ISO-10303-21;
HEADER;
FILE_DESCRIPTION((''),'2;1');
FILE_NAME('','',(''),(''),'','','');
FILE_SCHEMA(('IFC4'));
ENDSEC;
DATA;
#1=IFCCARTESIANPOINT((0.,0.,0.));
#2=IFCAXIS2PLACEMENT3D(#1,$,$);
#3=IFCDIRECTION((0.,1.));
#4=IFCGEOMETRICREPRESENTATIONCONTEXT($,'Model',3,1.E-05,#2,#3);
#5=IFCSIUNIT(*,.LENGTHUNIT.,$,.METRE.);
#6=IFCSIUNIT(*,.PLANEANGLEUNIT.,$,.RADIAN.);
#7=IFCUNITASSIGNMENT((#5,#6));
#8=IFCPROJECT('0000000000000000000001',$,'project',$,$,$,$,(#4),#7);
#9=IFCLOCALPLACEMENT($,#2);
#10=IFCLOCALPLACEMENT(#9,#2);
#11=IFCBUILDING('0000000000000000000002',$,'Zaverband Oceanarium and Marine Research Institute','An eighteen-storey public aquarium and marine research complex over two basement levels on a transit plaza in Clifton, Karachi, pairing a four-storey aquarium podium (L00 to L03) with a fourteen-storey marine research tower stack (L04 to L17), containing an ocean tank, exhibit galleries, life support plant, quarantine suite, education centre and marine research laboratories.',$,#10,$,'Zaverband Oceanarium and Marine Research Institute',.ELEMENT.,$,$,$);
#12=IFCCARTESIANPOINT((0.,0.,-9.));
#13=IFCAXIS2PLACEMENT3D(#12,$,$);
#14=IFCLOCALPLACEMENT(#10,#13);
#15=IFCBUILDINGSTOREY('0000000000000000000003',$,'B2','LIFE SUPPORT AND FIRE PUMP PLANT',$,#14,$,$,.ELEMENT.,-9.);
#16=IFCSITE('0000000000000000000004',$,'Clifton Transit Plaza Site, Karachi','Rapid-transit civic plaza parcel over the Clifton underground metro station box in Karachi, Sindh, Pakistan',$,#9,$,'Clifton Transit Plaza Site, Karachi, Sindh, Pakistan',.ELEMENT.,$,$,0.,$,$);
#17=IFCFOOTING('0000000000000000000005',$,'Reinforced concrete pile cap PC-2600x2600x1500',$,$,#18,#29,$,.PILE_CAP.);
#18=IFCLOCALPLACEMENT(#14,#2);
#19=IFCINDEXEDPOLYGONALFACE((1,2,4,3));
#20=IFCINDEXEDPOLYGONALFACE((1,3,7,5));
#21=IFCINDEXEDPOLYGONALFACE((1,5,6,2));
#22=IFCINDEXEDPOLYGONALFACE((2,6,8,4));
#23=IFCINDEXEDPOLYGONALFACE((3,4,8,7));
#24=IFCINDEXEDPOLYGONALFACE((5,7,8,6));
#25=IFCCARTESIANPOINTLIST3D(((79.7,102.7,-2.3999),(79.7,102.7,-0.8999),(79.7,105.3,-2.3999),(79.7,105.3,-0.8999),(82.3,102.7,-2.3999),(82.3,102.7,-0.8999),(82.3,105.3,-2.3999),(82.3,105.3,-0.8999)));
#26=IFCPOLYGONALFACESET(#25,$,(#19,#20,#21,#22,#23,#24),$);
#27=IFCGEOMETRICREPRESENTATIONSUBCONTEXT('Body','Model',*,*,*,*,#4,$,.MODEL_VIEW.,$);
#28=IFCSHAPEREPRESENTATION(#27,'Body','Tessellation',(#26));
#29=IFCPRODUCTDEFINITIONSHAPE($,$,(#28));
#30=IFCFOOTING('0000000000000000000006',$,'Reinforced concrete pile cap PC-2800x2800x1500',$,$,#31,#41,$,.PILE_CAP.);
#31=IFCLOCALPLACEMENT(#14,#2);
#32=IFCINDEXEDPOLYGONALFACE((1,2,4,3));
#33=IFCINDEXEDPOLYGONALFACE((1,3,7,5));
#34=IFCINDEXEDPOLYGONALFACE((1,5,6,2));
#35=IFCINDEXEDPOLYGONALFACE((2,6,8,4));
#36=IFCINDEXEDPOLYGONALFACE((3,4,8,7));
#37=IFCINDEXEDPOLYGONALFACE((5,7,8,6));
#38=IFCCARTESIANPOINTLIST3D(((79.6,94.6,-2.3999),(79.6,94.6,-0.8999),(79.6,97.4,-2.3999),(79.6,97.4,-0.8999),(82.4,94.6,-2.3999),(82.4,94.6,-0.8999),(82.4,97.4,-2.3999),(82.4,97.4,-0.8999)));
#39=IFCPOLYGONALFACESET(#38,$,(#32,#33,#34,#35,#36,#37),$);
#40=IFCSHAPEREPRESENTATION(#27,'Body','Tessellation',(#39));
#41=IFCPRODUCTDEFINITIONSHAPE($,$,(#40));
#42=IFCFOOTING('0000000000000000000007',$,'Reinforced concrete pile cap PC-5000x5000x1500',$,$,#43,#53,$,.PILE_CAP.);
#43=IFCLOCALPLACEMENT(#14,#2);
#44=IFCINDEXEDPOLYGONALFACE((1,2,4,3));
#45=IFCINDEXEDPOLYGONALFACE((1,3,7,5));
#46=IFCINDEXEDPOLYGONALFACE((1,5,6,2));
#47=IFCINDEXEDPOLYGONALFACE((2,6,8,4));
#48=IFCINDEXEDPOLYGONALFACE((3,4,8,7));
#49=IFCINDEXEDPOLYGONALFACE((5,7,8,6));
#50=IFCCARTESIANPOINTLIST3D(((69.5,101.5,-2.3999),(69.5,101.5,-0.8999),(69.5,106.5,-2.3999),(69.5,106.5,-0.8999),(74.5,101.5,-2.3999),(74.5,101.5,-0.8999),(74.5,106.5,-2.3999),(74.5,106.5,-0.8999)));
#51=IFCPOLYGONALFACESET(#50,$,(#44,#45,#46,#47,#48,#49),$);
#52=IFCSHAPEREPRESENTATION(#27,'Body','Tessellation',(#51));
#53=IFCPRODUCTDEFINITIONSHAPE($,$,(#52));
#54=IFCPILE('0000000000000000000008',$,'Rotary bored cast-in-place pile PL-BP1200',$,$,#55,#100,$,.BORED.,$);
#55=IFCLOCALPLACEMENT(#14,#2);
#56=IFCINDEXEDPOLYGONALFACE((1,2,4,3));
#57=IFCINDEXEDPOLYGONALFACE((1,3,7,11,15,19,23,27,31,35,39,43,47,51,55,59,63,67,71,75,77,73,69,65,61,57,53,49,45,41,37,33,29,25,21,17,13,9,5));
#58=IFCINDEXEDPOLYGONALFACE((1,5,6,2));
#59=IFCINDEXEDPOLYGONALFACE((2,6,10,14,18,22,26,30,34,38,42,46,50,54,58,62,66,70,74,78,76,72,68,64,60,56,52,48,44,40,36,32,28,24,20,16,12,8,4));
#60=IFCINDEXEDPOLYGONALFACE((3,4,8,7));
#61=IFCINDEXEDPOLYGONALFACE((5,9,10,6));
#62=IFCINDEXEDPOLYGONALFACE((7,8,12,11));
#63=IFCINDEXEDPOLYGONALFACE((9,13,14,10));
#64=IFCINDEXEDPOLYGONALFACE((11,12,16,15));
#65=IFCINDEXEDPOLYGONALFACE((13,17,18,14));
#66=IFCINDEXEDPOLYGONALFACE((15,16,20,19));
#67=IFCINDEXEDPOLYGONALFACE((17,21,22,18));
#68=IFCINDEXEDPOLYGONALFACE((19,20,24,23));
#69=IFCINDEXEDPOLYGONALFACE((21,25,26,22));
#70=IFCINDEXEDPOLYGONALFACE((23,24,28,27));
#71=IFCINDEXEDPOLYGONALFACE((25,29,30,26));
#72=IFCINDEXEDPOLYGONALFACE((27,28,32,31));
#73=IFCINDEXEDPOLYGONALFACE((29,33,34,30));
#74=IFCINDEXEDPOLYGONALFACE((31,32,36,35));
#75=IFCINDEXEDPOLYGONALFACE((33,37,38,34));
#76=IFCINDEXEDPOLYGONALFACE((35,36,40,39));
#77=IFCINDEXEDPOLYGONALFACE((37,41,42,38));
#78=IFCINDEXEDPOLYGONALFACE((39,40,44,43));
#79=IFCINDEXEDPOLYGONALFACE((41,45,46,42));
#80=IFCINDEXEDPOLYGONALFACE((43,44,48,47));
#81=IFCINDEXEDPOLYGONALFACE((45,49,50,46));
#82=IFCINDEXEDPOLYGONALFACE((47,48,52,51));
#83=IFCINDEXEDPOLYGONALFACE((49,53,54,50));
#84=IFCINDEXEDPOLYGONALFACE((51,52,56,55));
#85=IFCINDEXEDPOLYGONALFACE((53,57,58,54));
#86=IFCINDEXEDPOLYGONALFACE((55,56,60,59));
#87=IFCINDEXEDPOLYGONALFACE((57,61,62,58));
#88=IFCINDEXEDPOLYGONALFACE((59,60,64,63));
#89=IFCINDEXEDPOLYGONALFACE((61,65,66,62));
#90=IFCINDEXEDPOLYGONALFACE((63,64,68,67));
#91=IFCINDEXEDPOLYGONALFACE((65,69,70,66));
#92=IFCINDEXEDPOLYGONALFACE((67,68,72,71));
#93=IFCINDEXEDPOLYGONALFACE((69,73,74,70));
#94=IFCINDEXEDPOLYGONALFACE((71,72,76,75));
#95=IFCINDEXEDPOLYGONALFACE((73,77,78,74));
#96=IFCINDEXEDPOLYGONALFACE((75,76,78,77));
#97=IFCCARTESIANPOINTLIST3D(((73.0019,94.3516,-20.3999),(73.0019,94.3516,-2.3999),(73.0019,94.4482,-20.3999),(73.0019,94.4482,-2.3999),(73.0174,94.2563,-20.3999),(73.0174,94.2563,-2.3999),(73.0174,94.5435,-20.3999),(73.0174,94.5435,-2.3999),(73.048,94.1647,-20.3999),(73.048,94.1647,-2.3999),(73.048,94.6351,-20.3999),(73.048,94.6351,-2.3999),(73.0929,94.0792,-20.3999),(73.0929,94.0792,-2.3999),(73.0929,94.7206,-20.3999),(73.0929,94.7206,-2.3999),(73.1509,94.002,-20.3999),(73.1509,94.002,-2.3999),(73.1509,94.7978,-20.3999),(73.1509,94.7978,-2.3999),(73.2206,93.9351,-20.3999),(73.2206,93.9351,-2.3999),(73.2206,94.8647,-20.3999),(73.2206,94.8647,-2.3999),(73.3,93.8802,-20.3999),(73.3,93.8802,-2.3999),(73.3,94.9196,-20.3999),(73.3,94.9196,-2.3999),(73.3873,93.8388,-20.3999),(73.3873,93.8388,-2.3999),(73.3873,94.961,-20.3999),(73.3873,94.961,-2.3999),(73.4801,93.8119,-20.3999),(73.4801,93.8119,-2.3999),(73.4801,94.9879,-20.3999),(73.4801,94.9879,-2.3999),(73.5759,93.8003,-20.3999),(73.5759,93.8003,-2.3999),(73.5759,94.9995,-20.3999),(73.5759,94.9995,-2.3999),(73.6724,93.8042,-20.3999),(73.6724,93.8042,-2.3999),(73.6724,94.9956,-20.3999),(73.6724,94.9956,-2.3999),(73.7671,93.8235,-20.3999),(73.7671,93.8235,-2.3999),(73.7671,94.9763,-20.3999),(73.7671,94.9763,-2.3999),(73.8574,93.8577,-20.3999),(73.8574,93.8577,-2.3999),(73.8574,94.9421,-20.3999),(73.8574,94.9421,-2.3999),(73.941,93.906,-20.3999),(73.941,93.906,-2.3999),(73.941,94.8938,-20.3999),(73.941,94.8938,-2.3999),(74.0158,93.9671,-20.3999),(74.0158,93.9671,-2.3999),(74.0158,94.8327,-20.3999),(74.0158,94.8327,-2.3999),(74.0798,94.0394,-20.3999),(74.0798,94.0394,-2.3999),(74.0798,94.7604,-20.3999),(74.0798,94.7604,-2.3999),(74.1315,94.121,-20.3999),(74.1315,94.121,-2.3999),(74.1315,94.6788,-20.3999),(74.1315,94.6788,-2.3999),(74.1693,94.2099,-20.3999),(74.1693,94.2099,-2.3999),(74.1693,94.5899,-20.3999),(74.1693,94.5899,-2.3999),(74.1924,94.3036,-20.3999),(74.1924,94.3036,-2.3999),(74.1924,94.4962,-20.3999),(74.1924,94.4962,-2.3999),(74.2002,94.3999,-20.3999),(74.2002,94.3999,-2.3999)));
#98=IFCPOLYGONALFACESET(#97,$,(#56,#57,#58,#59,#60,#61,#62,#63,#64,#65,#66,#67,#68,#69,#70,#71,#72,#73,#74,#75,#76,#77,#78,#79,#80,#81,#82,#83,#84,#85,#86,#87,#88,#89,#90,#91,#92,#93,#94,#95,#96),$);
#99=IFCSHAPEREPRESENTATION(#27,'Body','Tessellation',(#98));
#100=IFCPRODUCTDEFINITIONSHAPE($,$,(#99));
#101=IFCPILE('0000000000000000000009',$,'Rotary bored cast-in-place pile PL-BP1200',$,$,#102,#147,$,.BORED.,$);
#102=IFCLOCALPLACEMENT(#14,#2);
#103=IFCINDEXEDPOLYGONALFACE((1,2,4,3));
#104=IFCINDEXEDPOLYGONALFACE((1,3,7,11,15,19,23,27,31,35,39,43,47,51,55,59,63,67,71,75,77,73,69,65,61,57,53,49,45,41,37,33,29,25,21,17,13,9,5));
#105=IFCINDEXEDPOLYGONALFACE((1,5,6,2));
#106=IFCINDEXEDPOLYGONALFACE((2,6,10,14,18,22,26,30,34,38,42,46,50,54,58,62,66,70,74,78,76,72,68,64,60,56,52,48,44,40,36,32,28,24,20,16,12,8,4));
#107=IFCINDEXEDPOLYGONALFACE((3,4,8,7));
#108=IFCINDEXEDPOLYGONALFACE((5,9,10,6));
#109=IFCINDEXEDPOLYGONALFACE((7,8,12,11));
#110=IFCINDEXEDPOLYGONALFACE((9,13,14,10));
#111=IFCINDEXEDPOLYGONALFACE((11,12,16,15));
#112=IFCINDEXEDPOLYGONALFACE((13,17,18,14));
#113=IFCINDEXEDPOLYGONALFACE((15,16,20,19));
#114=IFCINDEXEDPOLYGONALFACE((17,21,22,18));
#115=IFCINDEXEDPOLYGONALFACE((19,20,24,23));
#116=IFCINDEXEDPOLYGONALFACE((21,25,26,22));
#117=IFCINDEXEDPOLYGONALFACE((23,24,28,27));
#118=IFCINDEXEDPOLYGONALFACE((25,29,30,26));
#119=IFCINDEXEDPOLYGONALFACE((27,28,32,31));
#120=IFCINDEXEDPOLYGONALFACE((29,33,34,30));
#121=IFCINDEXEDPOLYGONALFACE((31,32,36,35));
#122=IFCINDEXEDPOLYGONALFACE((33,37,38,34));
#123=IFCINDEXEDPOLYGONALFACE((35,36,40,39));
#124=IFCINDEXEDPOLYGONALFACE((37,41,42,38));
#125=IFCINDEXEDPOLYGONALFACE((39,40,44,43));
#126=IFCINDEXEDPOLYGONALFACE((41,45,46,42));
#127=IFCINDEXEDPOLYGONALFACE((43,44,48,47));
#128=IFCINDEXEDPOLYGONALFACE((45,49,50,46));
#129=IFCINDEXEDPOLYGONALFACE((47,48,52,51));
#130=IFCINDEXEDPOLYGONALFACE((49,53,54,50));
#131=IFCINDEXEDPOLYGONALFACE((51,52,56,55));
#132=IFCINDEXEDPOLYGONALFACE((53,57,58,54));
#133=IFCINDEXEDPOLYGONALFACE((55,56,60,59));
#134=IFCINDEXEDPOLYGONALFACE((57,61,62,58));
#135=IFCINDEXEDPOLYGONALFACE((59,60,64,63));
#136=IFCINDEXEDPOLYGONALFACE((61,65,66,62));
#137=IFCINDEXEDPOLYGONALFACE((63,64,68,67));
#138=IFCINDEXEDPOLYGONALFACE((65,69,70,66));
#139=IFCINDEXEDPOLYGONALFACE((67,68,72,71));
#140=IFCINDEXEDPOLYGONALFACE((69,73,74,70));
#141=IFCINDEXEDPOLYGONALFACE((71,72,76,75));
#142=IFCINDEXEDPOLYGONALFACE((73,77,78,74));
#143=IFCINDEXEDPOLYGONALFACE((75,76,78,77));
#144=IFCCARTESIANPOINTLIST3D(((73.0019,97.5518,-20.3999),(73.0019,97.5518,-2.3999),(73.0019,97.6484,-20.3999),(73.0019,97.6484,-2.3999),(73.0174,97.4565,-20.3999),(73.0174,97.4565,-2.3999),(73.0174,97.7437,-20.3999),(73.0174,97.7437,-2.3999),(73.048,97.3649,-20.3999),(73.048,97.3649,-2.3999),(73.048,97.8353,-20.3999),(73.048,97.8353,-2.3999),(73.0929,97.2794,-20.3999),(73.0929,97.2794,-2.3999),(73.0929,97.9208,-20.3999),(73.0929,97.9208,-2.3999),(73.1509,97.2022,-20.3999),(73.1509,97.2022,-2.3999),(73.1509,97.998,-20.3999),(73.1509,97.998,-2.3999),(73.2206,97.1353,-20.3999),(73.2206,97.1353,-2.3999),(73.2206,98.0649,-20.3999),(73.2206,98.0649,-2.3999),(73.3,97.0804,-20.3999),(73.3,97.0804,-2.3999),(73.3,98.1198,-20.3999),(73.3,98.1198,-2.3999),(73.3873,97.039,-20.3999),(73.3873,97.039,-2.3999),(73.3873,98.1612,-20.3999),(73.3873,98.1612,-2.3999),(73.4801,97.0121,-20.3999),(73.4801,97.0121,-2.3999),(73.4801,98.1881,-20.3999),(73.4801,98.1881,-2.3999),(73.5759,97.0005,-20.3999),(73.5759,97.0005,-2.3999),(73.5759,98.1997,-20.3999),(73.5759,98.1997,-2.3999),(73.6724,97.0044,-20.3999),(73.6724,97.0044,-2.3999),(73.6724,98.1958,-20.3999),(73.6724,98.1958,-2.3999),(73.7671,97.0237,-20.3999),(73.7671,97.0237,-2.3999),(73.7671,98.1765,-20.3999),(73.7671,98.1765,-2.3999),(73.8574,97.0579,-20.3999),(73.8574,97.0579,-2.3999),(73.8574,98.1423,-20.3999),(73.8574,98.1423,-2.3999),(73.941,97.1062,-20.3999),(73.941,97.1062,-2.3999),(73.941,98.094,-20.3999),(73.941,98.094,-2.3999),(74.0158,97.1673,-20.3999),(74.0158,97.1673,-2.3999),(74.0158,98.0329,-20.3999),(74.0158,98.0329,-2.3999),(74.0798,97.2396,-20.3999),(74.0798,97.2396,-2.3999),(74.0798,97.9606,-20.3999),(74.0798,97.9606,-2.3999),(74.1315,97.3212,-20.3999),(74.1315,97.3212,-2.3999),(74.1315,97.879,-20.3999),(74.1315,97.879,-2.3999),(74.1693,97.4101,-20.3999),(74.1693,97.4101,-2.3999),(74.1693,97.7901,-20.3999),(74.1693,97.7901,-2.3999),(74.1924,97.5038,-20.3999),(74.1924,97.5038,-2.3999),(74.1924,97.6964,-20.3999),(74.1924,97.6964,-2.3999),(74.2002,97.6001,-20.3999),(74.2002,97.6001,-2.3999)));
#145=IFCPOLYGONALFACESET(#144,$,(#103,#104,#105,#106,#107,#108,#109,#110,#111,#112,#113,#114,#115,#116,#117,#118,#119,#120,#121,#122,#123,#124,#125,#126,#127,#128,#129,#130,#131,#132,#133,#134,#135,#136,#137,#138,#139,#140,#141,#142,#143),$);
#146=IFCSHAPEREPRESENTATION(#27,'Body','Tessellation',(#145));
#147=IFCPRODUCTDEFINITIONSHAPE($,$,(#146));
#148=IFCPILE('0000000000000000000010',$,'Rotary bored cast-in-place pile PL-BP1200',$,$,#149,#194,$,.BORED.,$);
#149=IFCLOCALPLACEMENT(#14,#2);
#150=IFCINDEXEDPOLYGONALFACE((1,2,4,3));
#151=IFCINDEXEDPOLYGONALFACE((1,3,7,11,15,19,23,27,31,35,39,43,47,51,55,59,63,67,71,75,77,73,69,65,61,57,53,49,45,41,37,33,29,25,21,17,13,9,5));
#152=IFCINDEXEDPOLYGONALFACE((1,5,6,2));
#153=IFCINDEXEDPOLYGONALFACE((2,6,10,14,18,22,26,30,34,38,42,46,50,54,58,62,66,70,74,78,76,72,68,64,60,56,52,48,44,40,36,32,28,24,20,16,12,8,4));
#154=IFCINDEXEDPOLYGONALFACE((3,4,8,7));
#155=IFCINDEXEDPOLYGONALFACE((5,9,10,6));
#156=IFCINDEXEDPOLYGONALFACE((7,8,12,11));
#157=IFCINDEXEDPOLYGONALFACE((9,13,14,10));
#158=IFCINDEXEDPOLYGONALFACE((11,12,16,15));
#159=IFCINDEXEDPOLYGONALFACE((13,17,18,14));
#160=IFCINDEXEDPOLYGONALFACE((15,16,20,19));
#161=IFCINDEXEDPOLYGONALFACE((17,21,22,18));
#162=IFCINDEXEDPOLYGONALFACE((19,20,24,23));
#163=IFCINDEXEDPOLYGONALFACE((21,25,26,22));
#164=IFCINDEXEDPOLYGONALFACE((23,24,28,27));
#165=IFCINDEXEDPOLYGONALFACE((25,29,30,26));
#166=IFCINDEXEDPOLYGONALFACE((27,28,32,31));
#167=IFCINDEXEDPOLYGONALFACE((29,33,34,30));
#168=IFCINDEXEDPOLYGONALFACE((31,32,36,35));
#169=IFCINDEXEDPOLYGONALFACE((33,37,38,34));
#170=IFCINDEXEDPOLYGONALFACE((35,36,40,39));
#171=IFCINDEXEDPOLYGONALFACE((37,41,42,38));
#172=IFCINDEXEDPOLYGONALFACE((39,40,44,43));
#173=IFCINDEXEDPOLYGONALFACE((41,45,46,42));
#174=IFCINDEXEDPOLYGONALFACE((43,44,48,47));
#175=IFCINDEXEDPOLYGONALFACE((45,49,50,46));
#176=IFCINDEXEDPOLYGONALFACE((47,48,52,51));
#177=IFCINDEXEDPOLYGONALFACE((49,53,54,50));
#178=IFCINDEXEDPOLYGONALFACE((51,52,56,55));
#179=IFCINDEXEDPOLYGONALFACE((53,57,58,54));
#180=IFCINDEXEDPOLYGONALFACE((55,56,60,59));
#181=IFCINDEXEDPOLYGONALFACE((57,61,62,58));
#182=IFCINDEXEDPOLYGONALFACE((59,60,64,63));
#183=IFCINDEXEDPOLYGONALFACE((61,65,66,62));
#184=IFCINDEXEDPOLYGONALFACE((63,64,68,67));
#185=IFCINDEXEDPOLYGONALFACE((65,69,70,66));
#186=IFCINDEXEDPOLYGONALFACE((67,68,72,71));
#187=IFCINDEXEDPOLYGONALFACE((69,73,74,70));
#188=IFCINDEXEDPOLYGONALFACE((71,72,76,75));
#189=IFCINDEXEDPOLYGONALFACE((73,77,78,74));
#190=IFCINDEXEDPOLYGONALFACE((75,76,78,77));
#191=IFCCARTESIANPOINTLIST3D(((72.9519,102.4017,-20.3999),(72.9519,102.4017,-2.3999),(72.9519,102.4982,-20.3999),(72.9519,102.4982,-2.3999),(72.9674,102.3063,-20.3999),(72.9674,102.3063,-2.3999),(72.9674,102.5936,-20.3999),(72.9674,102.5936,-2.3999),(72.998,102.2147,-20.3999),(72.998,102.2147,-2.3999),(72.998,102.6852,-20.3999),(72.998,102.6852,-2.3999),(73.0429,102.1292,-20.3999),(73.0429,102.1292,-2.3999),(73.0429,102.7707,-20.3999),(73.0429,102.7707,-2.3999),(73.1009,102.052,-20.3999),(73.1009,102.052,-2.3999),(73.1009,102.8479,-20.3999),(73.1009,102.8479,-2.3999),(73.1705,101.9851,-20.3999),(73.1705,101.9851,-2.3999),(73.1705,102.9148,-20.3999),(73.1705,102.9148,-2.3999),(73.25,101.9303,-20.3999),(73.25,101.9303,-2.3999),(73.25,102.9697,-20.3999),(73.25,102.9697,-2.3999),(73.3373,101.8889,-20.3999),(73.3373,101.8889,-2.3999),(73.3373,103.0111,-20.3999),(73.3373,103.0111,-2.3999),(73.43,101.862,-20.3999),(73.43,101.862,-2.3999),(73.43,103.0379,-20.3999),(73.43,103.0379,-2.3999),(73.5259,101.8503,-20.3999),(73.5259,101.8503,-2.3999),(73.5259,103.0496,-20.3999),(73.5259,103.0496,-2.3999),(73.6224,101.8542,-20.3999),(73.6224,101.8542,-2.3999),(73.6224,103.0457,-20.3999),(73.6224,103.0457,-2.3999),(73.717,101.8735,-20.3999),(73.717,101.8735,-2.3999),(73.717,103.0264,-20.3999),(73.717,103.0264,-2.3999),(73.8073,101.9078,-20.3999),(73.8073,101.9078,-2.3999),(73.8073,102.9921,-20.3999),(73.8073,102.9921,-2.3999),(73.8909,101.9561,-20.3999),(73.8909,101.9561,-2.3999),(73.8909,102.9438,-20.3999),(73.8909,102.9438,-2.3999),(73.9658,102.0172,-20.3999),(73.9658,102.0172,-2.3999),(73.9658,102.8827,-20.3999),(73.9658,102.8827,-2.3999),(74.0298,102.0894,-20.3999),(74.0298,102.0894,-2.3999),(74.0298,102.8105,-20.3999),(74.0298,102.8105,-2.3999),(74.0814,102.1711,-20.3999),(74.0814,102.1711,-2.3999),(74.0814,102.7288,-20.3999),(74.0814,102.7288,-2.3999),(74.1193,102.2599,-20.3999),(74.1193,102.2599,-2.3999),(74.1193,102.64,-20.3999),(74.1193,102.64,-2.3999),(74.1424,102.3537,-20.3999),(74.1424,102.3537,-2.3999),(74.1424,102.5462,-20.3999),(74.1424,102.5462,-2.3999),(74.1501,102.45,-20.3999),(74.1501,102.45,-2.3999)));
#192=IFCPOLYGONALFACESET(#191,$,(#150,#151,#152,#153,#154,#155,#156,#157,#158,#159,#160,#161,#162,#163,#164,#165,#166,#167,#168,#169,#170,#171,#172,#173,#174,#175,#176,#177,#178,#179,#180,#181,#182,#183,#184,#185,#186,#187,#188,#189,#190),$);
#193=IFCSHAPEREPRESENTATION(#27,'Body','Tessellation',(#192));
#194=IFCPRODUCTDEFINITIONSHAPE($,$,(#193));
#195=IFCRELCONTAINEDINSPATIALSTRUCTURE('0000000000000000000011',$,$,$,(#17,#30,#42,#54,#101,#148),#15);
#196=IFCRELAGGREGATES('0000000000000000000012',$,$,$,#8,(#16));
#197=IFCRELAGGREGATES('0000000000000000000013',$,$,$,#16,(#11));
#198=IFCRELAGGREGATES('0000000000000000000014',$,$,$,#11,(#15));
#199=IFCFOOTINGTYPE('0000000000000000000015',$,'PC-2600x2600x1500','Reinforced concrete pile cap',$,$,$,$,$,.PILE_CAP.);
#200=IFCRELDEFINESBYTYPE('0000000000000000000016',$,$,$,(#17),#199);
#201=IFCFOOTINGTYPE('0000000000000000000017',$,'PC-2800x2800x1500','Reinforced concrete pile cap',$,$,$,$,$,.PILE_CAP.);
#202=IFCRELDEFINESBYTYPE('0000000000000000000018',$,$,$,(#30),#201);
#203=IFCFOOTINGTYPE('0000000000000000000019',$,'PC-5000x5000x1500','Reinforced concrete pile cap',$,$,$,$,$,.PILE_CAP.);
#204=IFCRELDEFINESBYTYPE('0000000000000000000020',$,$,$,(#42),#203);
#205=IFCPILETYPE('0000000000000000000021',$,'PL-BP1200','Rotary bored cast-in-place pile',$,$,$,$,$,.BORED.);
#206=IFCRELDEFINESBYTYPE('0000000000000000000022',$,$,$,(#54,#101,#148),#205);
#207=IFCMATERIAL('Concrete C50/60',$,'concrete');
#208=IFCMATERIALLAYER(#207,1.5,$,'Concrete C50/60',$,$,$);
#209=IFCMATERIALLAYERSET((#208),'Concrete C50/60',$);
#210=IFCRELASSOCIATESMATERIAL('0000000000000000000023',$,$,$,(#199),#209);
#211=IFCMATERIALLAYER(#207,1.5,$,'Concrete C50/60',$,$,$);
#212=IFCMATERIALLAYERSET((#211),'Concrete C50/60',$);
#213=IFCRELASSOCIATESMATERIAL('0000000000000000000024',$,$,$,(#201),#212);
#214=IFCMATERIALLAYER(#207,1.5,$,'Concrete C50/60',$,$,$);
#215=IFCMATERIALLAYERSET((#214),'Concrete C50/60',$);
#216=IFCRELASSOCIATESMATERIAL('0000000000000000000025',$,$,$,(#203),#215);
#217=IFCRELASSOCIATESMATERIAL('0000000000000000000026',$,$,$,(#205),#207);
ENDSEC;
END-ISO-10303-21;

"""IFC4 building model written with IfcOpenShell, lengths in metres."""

from ifc_helpers import new_model, si_unit, direction, frame, origin, origin_2d, place, context, subcontext, project, spatial, rectangle, circle, extrude, material, layer, layer_set, material_profile, profile_set, type_object, element, save


model = new_model("IFC4")

# Units and contexts
model_context = context("Model", 3, precision=1e-05, world=origin(), true_north=direction((0.0, 1.0)))
body_context = subcontext(model_context, "Body", "Model", "MODEL_VIEW")
ifc_project = project(units=[si_unit("LENGTHUNIT", "METRE"), si_unit("PLANEANGLEUNIT", "RADIAN")], contexts=[model_context])

# Site, building, storey
site_placement = place(None, origin())
site = spatial("IfcSite", under=ifc_project, at=site_placement, Name="Clifton Transit Plaza Site, Karachi", Description="Rapid-transit civic plaza parcel over the Clifton underground metro station box in Karachi, Sindh, Pakistan", LongName="Clifton Transit Plaza Site, Karachi, Sindh, Pakistan", CompositionType="ELEMENT", RefElevation=0.0)
building_placement = place(site_placement, origin())
building = spatial("IfcBuilding", under=site, at=building_placement, Name="Zaverband Oceanarium and Marine Research Institute", Description="An eighteen-storey public aquarium and marine research complex over two basement levels on a transit plaza in Clifton, Karachi, pairing a four-storey aquarium podium (L00 to L03) with a fourteen-storey marine research tower stack (L04 to L17), containing an ocean tank, exhibit galleries, life support plant, quarantine suite, education centre and marine research laboratories.", LongName="Zaverband Oceanarium and Marine Research Institute", CompositionType="ELEMENT")
storey_placement = place(building_placement, frame((0.0, 0.0, -9.0)))
storey = spatial("IfcBuildingStorey", under=building, at=storey_placement, Name="B2", Description="LIFE SUPPORT AND FIRE PUMP PLANT", CompositionType="ELEMENT", Elevation=-9.0)

# Footings
ifc_material_1 = material(Name="Concrete C50/60", Category="concrete")
ifc_layer_1 = layer(ifc_material_1, 1.5, Name="Concrete C50/60")
ifc_layer_set_1 = layer_set([ifc_layer_1], Name="Concrete C50/60")
footing_type_1 = type_object("IfcFootingType", Name="PC-2600x2600x1500", Description="Reinforced concrete pile cap", PredefinedType="PILE_CAP", material=ifc_layer_set_1)
footing_1_placement = place(storey_placement, frame((81.0, 104.0, -2.3999), z_axis=(0.0, 0.0, 1.0), x_axis=(1.0, 0.0, 0.0)))
element("IfcFooting", 1, at=footing_1_placement, inside=storey, type_object=footing_type_1, Name="Reinforced concrete pile cap PC-2600x2600x1500", PredefinedType="PILE_CAP", context=body_context, shape_type="SweptSolid", body=[
    extrude(rectangle(XDim=2.6001, YDim=2.6001, at=origin_2d()), origin(), (0.0, 0.0, 1.0), 1.5),
])
ifc_layer_2 = layer(ifc_material_1, 1.5, Name="Concrete C50/60")
ifc_layer_set_2 = layer_set([ifc_layer_2], Name="Concrete C50/60")
footing_type_2 = type_object("IfcFootingType", Name="PC-2800x2800x1500", Description="Reinforced concrete pile cap", PredefinedType="PILE_CAP", material=ifc_layer_set_2)
footing_2_placement = place(storey_placement, frame((81.0, 96.0, -2.3999), z_axis=(0.0, 0.0, 1.0), x_axis=(1.0, 0.0, 0.0)))
element("IfcFooting", 2, at=footing_2_placement, inside=storey, type_object=footing_type_2, Name="Reinforced concrete pile cap PC-2800x2800x1500", PredefinedType="PILE_CAP", context=body_context, shape_type="SweptSolid", body=[
    extrude(rectangle(XDim=2.8, YDim=2.8, at=origin_2d()), origin(), (0.0, 0.0, 1.0), 1.5),
])
ifc_layer_3 = layer(ifc_material_1, 1.5, Name="Concrete C50/60")
ifc_layer_set_3 = layer_set([ifc_layer_3], Name="Concrete C50/60")
footing_type_3 = type_object("IfcFootingType", Name="PC-5000x5000x1500", Description="Reinforced concrete pile cap", PredefinedType="PILE_CAP", material=ifc_layer_set_3)
footing_3_placement = place(storey_placement, frame((72.0, 104.0, -2.3999), z_axis=(0.0, 0.0, 1.0), x_axis=(1.0, 0.0, 0.0)))
element("IfcFooting", 3, at=footing_3_placement, inside=storey, type_object=footing_type_3, Name="Reinforced concrete pile cap PC-5000x5000x1500", PredefinedType="PILE_CAP", context=body_context, shape_type="SweptSolid", body=[
    extrude(rectangle(XDim=5.0, YDim=5.0, at=origin_2d()), origin(), (0.0, 0.0, 1.0), 1.5),
])

# Piles
ifc_material_profile_1 = material_profile(ifc_material_1, circle(Radius=0.6001, at=origin_2d()), Name="BP1200")
ifc_profile_set_1 = profile_set([ifc_material_profile_1], Name="Concrete C50/60")
pile_type = type_object("IfcPileType", Name="PL-BP1200", Description="Rotary bored cast-in-place pile", PredefinedType="BORED", material=ifc_profile_set_1)
for number, where, z_axis, x_axis, name in (
    (4, (73.6001, 94.3999, -2.3999), (0.0, 0.0, -1.0), (1.0, 0.0, 0.0), "Rotary bored cast-in-place pile PL-BP1200"),
    (5, (73.6001, 97.6001, -2.3999), (0.0, 0.0, -1.0), (1.0, 0.0, 0.0), "Rotary bored cast-in-place pile PL-BP1200"),
    (6, (73.55, 102.45, -2.3999), (0.0, 0.0, -1.0), (1.0, 0.0, 0.0), "Rotary bored cast-in-place pile PL-BP1200"),
):
    element("IfcPile", number, at=place(storey_placement, frame(where, z_axis=z_axis, x_axis=x_axis)), inside=storey, type_object=pile_type, Name=name, PredefinedType="BORED", context=body_context, shape_type="SweptSolid", body=[
        extrude(circle(Radius=0.6001, at=origin_2d()), origin(), (0.0, 0.0, 1.0), 18.0),
    ])

save(model, "model.ifc")
